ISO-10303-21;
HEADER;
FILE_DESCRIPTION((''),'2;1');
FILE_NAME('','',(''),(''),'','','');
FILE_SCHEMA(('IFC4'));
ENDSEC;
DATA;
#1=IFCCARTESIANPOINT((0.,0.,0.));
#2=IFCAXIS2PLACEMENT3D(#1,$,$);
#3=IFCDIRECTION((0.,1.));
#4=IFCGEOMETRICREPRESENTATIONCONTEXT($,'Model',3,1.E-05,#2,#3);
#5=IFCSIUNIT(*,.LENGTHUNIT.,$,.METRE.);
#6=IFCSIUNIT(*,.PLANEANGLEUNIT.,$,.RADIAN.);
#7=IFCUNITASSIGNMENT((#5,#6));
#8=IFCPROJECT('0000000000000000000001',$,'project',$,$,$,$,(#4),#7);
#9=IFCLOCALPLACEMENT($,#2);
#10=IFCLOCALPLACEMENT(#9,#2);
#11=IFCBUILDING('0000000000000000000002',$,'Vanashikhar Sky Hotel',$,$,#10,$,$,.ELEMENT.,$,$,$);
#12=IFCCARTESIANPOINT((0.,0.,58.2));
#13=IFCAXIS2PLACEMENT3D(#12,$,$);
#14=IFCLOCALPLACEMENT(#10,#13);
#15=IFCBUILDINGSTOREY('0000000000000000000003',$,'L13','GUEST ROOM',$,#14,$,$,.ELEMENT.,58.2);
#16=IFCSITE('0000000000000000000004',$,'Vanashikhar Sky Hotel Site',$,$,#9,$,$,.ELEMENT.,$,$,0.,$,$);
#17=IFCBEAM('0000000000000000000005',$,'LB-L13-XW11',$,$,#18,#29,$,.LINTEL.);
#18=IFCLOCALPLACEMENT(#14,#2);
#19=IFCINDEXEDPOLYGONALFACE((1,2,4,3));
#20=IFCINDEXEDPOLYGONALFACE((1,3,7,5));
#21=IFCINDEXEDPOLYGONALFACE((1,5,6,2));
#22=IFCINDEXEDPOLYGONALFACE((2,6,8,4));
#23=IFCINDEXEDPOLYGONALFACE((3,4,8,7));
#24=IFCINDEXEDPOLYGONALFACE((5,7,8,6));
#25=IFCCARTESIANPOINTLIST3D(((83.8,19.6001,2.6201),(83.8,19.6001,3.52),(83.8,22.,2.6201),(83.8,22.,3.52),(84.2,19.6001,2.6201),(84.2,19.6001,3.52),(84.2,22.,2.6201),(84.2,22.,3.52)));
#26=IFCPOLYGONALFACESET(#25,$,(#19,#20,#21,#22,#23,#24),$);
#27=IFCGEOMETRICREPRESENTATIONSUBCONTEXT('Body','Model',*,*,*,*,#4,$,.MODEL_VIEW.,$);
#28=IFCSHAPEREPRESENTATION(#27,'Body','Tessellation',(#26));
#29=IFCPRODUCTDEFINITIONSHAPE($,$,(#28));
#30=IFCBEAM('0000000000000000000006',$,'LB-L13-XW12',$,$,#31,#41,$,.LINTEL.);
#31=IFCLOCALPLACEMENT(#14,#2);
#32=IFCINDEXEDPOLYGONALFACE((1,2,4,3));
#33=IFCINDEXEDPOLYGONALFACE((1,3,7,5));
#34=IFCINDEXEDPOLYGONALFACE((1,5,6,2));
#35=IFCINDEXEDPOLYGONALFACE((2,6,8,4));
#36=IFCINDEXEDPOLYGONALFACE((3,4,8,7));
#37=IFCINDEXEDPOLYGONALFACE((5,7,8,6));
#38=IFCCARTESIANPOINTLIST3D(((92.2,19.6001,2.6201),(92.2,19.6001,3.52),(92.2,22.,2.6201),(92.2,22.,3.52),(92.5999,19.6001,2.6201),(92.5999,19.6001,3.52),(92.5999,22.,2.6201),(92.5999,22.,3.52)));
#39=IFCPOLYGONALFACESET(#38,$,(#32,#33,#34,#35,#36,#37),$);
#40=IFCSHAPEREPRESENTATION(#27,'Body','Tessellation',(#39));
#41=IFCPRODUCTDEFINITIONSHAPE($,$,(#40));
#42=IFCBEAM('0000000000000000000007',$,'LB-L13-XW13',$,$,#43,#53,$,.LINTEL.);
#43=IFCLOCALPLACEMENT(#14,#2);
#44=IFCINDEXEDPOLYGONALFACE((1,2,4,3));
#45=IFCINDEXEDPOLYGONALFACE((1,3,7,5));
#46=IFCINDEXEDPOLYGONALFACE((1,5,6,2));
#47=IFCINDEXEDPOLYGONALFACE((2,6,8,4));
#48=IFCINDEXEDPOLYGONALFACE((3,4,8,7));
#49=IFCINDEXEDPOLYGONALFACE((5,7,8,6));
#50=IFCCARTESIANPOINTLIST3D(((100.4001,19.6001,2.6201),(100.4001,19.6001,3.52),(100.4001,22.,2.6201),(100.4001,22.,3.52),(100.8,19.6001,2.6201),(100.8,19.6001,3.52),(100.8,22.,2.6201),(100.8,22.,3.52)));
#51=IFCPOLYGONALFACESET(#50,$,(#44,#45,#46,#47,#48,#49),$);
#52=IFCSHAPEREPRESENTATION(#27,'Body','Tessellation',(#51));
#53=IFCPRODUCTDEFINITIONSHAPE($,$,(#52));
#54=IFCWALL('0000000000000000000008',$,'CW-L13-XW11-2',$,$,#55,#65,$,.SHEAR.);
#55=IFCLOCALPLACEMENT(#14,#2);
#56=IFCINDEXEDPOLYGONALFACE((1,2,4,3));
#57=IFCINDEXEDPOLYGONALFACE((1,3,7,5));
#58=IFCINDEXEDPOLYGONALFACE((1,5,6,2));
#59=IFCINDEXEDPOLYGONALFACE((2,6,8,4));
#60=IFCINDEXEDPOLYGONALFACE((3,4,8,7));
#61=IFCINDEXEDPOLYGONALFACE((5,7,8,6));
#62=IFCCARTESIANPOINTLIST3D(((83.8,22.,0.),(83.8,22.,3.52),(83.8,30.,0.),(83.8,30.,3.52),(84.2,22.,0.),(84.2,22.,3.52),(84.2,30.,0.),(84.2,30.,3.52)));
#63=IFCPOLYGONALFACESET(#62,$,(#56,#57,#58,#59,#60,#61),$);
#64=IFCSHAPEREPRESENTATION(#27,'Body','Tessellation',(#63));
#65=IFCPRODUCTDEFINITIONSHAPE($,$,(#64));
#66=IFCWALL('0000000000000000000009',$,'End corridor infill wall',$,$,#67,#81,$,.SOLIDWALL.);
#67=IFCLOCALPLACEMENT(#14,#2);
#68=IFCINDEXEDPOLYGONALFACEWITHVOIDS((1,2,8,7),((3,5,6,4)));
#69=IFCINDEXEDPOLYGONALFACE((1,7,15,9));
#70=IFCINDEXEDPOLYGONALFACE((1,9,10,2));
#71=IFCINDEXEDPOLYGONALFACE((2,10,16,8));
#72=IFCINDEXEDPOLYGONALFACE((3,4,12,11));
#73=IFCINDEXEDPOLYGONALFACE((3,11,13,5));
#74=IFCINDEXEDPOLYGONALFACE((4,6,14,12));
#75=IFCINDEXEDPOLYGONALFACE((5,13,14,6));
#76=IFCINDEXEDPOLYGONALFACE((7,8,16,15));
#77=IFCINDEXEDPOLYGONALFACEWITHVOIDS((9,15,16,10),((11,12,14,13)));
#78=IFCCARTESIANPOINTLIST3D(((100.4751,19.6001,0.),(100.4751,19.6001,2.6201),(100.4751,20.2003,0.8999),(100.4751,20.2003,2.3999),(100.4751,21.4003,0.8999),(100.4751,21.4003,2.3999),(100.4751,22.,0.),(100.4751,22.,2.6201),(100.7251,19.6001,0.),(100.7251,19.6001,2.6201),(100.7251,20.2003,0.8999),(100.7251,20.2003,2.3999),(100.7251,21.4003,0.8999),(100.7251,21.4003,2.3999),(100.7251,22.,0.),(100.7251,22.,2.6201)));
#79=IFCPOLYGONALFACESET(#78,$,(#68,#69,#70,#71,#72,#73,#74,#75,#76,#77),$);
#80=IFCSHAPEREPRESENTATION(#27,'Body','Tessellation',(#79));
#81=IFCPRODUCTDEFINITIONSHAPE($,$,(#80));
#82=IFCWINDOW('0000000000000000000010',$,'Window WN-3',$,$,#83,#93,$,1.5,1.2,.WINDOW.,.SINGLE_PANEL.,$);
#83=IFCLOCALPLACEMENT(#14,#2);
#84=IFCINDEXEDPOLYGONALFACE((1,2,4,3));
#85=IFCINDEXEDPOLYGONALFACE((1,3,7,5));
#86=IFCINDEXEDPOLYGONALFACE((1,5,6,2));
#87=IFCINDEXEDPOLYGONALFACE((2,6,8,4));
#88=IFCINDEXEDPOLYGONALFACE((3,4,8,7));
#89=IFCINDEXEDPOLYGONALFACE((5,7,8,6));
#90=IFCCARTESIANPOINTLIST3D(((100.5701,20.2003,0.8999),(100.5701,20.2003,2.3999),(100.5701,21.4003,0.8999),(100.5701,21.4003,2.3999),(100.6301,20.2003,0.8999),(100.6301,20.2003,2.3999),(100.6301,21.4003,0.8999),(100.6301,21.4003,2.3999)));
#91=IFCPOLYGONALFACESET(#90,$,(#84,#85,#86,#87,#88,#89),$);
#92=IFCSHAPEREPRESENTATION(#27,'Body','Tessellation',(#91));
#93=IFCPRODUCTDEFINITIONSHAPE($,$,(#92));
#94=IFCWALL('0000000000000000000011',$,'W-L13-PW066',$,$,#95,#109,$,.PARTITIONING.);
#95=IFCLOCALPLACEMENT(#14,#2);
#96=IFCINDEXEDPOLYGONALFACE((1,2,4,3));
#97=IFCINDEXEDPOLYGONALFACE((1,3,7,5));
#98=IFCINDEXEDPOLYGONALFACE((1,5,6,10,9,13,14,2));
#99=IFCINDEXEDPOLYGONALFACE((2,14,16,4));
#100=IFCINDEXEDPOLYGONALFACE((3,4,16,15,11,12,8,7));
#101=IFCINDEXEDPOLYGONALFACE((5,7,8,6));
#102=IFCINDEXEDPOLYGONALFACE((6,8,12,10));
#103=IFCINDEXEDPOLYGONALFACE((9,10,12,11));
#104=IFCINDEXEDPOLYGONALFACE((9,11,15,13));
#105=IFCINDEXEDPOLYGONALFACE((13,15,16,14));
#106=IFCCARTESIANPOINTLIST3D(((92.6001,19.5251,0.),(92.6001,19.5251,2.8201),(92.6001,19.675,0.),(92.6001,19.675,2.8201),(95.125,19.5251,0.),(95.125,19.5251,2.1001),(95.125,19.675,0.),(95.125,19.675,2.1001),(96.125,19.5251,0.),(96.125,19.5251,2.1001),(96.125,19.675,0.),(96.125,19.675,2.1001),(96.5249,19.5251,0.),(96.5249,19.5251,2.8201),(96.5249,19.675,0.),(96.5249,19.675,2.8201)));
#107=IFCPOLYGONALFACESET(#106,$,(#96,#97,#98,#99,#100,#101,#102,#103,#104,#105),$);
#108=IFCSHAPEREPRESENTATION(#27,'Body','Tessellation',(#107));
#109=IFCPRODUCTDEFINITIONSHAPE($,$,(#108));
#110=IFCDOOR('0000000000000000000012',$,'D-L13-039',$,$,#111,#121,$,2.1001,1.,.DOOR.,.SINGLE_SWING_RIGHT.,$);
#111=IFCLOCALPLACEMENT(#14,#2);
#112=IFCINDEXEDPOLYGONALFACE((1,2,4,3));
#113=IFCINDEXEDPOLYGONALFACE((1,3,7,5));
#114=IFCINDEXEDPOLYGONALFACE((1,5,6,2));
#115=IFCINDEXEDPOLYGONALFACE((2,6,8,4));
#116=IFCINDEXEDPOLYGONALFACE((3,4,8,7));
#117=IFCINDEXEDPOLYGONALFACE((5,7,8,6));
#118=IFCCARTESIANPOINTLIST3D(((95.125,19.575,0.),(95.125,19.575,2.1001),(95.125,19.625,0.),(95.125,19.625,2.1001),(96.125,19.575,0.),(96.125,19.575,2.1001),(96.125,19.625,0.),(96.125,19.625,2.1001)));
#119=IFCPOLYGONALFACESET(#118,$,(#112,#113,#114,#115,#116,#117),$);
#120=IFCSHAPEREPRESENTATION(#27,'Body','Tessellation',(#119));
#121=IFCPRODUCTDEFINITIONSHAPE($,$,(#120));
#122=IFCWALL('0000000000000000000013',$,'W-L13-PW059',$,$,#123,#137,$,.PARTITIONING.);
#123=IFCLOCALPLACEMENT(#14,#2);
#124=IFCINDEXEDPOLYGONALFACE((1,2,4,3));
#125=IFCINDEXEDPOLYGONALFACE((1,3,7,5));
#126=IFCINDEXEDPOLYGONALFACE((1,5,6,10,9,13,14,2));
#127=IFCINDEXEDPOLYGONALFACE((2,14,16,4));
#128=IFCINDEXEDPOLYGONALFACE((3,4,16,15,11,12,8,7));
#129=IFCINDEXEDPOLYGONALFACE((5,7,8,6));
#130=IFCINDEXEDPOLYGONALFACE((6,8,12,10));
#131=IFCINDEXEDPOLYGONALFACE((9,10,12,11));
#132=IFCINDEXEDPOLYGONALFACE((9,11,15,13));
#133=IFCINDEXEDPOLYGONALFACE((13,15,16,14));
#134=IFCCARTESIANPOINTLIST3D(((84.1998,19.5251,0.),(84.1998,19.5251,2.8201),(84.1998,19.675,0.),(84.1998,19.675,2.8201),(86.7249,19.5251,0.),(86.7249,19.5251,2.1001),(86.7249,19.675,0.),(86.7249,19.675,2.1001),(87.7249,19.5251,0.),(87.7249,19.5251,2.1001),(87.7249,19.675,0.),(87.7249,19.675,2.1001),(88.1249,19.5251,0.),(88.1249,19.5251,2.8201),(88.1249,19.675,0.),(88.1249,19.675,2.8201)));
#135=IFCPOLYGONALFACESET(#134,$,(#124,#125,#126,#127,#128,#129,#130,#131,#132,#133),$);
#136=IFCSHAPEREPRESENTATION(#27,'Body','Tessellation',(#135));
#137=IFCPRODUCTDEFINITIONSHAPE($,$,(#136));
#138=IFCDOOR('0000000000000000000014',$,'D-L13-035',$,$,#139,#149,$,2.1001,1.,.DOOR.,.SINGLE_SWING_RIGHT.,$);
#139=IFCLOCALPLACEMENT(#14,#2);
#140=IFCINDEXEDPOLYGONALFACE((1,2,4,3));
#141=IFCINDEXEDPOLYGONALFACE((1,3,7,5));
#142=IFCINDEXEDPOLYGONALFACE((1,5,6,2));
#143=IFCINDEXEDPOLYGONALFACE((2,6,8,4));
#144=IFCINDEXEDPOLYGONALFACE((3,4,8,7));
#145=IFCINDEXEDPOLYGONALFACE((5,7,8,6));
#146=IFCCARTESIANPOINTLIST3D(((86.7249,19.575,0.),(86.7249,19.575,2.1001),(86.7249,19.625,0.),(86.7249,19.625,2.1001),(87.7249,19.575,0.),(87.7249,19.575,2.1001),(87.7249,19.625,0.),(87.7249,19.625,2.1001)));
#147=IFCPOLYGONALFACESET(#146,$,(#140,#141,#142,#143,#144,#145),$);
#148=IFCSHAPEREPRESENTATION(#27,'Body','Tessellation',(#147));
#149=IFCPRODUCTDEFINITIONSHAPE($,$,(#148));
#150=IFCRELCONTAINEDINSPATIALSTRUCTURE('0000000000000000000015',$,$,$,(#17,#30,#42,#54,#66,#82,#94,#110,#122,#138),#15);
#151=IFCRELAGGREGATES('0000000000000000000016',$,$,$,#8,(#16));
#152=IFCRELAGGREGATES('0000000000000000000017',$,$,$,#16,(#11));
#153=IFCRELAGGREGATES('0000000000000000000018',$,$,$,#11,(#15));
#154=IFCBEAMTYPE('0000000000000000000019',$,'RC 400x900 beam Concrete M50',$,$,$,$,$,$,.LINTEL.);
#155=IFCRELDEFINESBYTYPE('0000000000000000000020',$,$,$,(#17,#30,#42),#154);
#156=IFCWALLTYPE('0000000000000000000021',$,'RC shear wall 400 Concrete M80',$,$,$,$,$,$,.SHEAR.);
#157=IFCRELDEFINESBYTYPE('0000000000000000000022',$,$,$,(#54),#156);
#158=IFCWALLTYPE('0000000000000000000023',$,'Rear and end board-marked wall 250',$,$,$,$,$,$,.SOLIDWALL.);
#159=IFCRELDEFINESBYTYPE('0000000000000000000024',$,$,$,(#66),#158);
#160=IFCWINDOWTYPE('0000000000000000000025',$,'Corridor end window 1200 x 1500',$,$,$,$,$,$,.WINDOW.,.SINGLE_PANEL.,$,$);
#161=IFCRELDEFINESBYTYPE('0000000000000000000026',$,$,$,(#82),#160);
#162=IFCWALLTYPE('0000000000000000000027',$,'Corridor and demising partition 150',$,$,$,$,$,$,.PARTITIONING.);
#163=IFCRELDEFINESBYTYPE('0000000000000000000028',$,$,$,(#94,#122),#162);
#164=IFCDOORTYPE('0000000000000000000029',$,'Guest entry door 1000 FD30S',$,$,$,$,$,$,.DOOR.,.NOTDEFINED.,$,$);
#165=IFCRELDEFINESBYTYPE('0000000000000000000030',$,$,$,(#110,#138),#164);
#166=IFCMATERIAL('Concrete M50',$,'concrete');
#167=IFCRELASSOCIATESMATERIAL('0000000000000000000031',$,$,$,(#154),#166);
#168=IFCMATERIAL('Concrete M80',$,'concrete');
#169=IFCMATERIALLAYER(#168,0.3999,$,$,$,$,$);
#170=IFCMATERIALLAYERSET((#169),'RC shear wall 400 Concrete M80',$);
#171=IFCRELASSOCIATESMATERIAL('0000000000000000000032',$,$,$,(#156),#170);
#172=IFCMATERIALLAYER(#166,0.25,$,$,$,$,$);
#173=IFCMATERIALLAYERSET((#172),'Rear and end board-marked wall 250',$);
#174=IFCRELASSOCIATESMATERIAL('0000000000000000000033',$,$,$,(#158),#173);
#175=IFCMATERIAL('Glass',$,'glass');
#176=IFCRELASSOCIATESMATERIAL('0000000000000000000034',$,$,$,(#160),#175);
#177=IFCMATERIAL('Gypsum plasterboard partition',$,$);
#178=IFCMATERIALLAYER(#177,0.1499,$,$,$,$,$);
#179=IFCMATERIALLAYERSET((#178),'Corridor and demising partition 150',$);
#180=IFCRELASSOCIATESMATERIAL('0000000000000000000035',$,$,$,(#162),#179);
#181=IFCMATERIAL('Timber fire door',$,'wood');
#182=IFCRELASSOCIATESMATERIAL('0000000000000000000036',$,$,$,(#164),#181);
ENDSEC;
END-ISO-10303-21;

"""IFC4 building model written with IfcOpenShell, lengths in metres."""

from ifc_helpers import new_model, si_unit, direction, frame, frame_2d, origin, origin_2d, place, context, subcontext, project, spatial, rectangle, extrude, source, transform, mapped, material, layer, layer_set, material_profile, profile_set, type_object, element, fill, save


model = new_model("IFC4")

# Units and contexts
model_context = context("Model", 3, precision=1e-05, world=origin(), true_north=direction((0.0, 1.0)))
body_context = subcontext(model_context, "Body", "Model", "MODEL_VIEW")
ifc_project = project(units=[si_unit("LENGTHUNIT", "METRE"), si_unit("PLANEANGLEUNIT", "RADIAN")], contexts=[model_context])

# Site, building, storey
site_placement = place(None, origin())
site = spatial("IfcSite", under=ifc_project, at=site_placement, Name="Vanashikhar Sky Hotel Site", CompositionType="ELEMENT", RefElevation=0.0)
building_placement = place(site_placement, origin())
building = spatial("IfcBuilding", under=site, at=building_placement, Name="Vanashikhar Sky Hotel", CompositionType="ELEMENT")
storey_placement = place(building_placement, frame((0.0, 0.0, 58.2)))
storey = spatial("IfcBuildingStorey", under=building, at=storey_placement, Name="L13", Description="GUEST ROOM", CompositionType="ELEMENT", Elevation=58.2)

# Beams
ifc_material_1 = material(Name="Concrete M50", Category="concrete")
ifc_material_profile = material_profile(ifc_material_1, rectangle(XDim=0.3999, YDim=0.8999, at=origin_2d()))
ifc_profile_set = profile_set([ifc_material_profile], Name="RC 400x900 beam Concrete M50")
beam_type = type_object("IfcBeamType", Name="RC 400x900 beam Concrete M50", PredefinedType="LINTEL", material=ifc_profile_set)
shared_shape_1 = source(origin(), body_context, "Body", "SweptSolid", [
    extrude(rectangle(XDim=0.3999, YDim=0.8999, at=origin_2d()), origin(), (0.0, 0.0, 1.0), 2.3999),
])
for number, where, z_axis, x_axis, name in (
    (1, (84.0, 19.6001, 3.0701), (0.0, 1.0, 0.0), (-1.0, 0.0, 0.0), "LB-L13-XW11"),
    (2, (92.3999, 19.6001, 3.0701), (0.0, 1.0, 0.0), (-1.0, 0.0, 0.0), "LB-L13-XW12"),
    (3, (100.6001, 19.6001, 3.0701), (0.0, 1.0, 0.0), (-1.0, 0.0, 0.0), "LB-L13-XW13"),
):
    element("IfcBeam", number, at=place(storey_placement, frame(where, z_axis=z_axis, x_axis=x_axis)), inside=storey, type_object=beam_type, Name=name, PredefinedType="LINTEL", context=body_context, shape_type="MappedRepresentation", body=[
        mapped(shared_shape_1, transform((0.0, 0.0, 0.0), scale=1.0)),
    ])

# Wall
ifc_material_2 = material(Name="Concrete M80", Category="concrete")
ifc_layer_1 = layer(ifc_material_2, 0.3999)
ifc_layer_set_1 = layer_set([ifc_layer_1], Name="RC shear wall 400 Concrete M80")
wall_type_1 = type_object("IfcWallType", Name="RC shear wall 400 Concrete M80", PredefinedType="SHEAR", material=ifc_layer_set_1)
shared_shape_2 = source(origin(), body_context, "Body", "SweptSolid", [
    extrude(rectangle(XDim=8.0, YDim=0.3999, at=frame_2d((4.0, 0.0))), origin(), (0.0, 0.0, 1.0), 3.52),
])
wall_1_placement = place(storey_placement, frame((84.0, 22.0, 0.0), z_axis=(0.0, 0.0, 1.0), x_axis=(0.0, 1.0, 0.0)))
element("IfcWall", 4, at=wall_1_placement, inside=storey, type_object=wall_type_1, Name="CW-L13-XW11-2", PredefinedType="SHEAR", context=body_context, shape_type="MappedRepresentation", body=[
    mapped(shared_shape_2, transform((0.0, 0.0, 0.0), scale=1.0)),
])

# Wall, opening, window
ifc_layer_2 = layer(ifc_material_1, 0.25)
ifc_layer_set_2 = layer_set([ifc_layer_2], Name="Rear and end board-marked wall 250")
wall_type_2 = type_object("IfcWallType", Name="Rear and end board-marked wall 250", PredefinedType="SOLIDWALL", material=ifc_layer_set_2)
shared_shape_3 = source(origin(), body_context, "Body", "SweptSolid", [
    extrude(rectangle(XDim=2.3999, YDim=0.25, at=frame_2d((1.2, 0.0))), origin(), (0.0, 0.0, 1.0), 2.6201),
])
wall_2_placement = place(storey_placement, frame((100.6001, 19.6001, 0.0), z_axis=(0.0, 0.0, 1.0), x_axis=(0.0, 1.0, 0.0)))
wall_2 = element("IfcWall", 5, at=wall_2_placement, inside=storey, type_object=wall_type_2, Name="End corridor infill wall", PredefinedType="SOLIDWALL", context=body_context, shape_type="MappedRepresentation", body=[
    mapped(shared_shape_3, transform((0.0, 0.0, 0.0), scale=1.0)),
])
shared_shape_4 = source(origin(), body_context, "Body", "SweptSolid", [
    extrude(rectangle(XDim=1.2, YDim=1.5, at=frame_2d((0.6001, 0.75))), frame((0.0, 0.135, 0.0), z_axis=(0.0, -1.0, 0.0), x_axis=(1.0, 0.0, 0.0)), (0.0, 0.0, 1.0), 0.27),
])
opening_1_placement = place(wall_2_placement, frame((0.6001, 0.0, 0.8999)))
opening_1 = element("IfcOpeningElement", 6, at=opening_1_placement, cuts=wall_2, PredefinedType="OPENING", context=body_context, shape_type="MappedRepresentation", body=[
    mapped(shared_shape_4, transform((0.0, 0.0, 0.0), scale=1.0)),
])
ifc_material_3 = material(Name="Glass", Category="glass")
window_type = type_object("IfcWindowType", Name="Corridor end window 1200 x 1500", PartitioningType="SINGLE_PANEL", PredefinedType="WINDOW", material=ifc_material_3)
shared_shape_5 = source(origin(), body_context, "Body", "SweptSolid", [
    extrude(rectangle(XDim=1.2, YDim=1.5, at=frame_2d((0.6001, 0.75))), frame((0.0, 0.03, 0.0), z_axis=(0.0, -1.0, 0.0), x_axis=(1.0, 0.0, 0.0)), (0.0, 0.0, 1.0), 0.0601),
])
window_placement = place(opening_1_placement, origin())
window = element("IfcWindow", 7, at=window_placement, inside=storey, type_object=window_type, Name="Window WN-3", OverallHeight=1.5, OverallWidth=1.2, PartitioningType="SINGLE_PANEL", PredefinedType="WINDOW", context=body_context, shape_type="MappedRepresentation", body=[
    mapped(shared_shape_5, transform((0.0, 0.0, 0.0), scale=1.0)),
])
fill(opening_1, window)

# Walls, openings, doors
ifc_material_4 = material(Name="Gypsum plasterboard partition")
ifc_layer_3 = layer(ifc_material_4, 0.1499)
ifc_layer_set_3 = layer_set([ifc_layer_3], Name="Corridor and demising partition 150")
wall_type_3 = type_object("IfcWallType", Name="Corridor and demising partition 150", PredefinedType="PARTITIONING", material=ifc_layer_set_3)
shared_shape_6 = source(origin(), body_context, "Body", "SweptSolid", [
    extrude(rectangle(XDim=3.9248, YDim=0.1499, at=frame_2d((1.9624, 0.0))), origin(), (0.0, 0.0, 1.0), 2.8201),
])
wall_3_placement = place(storey_placement, frame((92.6001, 19.6001, 0.0), z_axis=(0.0, 0.0, 1.0), x_axis=(1.0, 0.0, 0.0)))
wall_3 = element("IfcWall", 8, at=wall_3_placement, inside=storey, type_object=wall_type_3, Name="W-L13-PW066", PredefinedType="PARTITIONING", context=body_context, shape_type="MappedRepresentation", body=[
    mapped(shared_shape_6, transform((0.0, 0.0, 0.0), scale=1.0)),
])
shared_shape_7 = source(origin(), body_context, "Body", "SweptSolid", [
    extrude(rectangle(XDim=1.0, YDim=2.1001, at=frame_2d((0.5, 1.05))), frame((0.0, 0.085, 0.0), z_axis=(0.0, -1.0, 0.0), x_axis=(1.0, 0.0, 0.0)), (0.0, 0.0, 1.0), 0.1699),
])
opening_2_placement = place(wall_3_placement, frame((2.5249, 0.0, 0.0)))
opening_2 = element("IfcOpeningElement", 9, at=opening_2_placement, cuts=wall_3, PredefinedType="OPENING", context=body_context, shape_type="MappedRepresentation", body=[
    mapped(shared_shape_7, transform((0.0, 0.0, 0.0), scale=1.0)),
])
ifc_material_5 = material(Name="Timber fire door", Category="wood")
door_type = type_object("IfcDoorType", Name="Guest entry door 1000 FD30S", OperationType="NOTDEFINED", PredefinedType="DOOR", material=ifc_material_5)
shared_shape_8 = source(origin(), body_context, "Body", "SweptSolid", [
    extrude(rectangle(XDim=1.0, YDim=2.1001, at=frame_2d((0.5, 1.05))), frame((0.0, 0.0249, 0.0), z_axis=(0.0, -1.0, 0.0), x_axis=(1.0, 0.0, 0.0)), (0.0, 0.0, 1.0), 0.05),
])
door_1_placement = place(opening_2_placement, origin())
door_1 = element("IfcDoor", 10, at=door_1_placement, inside=storey, type_object=door_type, Name="D-L13-039", OperationType="SINGLE_SWING_RIGHT", OverallHeight=2.1001, OverallWidth=1.0, PredefinedType="DOOR", context=body_context, shape_type="MappedRepresentation", body=[
    mapped(shared_shape_8, transform((0.0, 0.0, 0.0), scale=1.0)),
])
fill(opening_2, door_1)
shared_shape_9 = source(origin(), body_context, "Body", "SweptSolid", [
    extrude(rectangle(XDim=3.925, YDim=0.1499, at=frame_2d((1.9624, 0.0))), origin(), (0.0, 0.0, 1.0), 2.8201),
])
wall_4_placement = place(storey_placement, frame((84.2, 19.6001, 0.0), z_axis=(0.0, 0.0, 1.0), x_axis=(1.0, 0.0, 0.0)))
wall_4 = element("IfcWall", 11, at=wall_4_placement, inside=storey, type_object=wall_type_3, Name="W-L13-PW059", PredefinedType="PARTITIONING", context=body_context, shape_type="MappedRepresentation", body=[
    mapped(shared_shape_9, transform((0.0, 0.0, 0.0), scale=1.0)),
])
opening_3_placement = place(wall_4_placement, frame((2.5249, 0.0, 0.0)))
opening_3 = element("IfcOpeningElement", 12, at=opening_3_placement, cuts=wall_4, PredefinedType="OPENING", context=body_context, shape_type="MappedRepresentation", body=[
    mapped(shared_shape_7, transform((0.0, 0.0, 0.0), scale=1.0)),
])
door_2_placement = place(opening_3_placement, origin())
door_2 = element("IfcDoor", 13, at=door_2_placement, inside=storey, type_object=door_type, Name="D-L13-035", OperationType="SINGLE_SWING_RIGHT", OverallHeight=2.1001, OverallWidth=1.0, PredefinedType="DOOR", context=body_context, shape_type="MappedRepresentation", body=[
    mapped(shared_shape_8, transform((0.0, 0.0, 0.0), scale=1.0)),
])
fill(opening_3, door_2)

save(model, "model.ifc")
